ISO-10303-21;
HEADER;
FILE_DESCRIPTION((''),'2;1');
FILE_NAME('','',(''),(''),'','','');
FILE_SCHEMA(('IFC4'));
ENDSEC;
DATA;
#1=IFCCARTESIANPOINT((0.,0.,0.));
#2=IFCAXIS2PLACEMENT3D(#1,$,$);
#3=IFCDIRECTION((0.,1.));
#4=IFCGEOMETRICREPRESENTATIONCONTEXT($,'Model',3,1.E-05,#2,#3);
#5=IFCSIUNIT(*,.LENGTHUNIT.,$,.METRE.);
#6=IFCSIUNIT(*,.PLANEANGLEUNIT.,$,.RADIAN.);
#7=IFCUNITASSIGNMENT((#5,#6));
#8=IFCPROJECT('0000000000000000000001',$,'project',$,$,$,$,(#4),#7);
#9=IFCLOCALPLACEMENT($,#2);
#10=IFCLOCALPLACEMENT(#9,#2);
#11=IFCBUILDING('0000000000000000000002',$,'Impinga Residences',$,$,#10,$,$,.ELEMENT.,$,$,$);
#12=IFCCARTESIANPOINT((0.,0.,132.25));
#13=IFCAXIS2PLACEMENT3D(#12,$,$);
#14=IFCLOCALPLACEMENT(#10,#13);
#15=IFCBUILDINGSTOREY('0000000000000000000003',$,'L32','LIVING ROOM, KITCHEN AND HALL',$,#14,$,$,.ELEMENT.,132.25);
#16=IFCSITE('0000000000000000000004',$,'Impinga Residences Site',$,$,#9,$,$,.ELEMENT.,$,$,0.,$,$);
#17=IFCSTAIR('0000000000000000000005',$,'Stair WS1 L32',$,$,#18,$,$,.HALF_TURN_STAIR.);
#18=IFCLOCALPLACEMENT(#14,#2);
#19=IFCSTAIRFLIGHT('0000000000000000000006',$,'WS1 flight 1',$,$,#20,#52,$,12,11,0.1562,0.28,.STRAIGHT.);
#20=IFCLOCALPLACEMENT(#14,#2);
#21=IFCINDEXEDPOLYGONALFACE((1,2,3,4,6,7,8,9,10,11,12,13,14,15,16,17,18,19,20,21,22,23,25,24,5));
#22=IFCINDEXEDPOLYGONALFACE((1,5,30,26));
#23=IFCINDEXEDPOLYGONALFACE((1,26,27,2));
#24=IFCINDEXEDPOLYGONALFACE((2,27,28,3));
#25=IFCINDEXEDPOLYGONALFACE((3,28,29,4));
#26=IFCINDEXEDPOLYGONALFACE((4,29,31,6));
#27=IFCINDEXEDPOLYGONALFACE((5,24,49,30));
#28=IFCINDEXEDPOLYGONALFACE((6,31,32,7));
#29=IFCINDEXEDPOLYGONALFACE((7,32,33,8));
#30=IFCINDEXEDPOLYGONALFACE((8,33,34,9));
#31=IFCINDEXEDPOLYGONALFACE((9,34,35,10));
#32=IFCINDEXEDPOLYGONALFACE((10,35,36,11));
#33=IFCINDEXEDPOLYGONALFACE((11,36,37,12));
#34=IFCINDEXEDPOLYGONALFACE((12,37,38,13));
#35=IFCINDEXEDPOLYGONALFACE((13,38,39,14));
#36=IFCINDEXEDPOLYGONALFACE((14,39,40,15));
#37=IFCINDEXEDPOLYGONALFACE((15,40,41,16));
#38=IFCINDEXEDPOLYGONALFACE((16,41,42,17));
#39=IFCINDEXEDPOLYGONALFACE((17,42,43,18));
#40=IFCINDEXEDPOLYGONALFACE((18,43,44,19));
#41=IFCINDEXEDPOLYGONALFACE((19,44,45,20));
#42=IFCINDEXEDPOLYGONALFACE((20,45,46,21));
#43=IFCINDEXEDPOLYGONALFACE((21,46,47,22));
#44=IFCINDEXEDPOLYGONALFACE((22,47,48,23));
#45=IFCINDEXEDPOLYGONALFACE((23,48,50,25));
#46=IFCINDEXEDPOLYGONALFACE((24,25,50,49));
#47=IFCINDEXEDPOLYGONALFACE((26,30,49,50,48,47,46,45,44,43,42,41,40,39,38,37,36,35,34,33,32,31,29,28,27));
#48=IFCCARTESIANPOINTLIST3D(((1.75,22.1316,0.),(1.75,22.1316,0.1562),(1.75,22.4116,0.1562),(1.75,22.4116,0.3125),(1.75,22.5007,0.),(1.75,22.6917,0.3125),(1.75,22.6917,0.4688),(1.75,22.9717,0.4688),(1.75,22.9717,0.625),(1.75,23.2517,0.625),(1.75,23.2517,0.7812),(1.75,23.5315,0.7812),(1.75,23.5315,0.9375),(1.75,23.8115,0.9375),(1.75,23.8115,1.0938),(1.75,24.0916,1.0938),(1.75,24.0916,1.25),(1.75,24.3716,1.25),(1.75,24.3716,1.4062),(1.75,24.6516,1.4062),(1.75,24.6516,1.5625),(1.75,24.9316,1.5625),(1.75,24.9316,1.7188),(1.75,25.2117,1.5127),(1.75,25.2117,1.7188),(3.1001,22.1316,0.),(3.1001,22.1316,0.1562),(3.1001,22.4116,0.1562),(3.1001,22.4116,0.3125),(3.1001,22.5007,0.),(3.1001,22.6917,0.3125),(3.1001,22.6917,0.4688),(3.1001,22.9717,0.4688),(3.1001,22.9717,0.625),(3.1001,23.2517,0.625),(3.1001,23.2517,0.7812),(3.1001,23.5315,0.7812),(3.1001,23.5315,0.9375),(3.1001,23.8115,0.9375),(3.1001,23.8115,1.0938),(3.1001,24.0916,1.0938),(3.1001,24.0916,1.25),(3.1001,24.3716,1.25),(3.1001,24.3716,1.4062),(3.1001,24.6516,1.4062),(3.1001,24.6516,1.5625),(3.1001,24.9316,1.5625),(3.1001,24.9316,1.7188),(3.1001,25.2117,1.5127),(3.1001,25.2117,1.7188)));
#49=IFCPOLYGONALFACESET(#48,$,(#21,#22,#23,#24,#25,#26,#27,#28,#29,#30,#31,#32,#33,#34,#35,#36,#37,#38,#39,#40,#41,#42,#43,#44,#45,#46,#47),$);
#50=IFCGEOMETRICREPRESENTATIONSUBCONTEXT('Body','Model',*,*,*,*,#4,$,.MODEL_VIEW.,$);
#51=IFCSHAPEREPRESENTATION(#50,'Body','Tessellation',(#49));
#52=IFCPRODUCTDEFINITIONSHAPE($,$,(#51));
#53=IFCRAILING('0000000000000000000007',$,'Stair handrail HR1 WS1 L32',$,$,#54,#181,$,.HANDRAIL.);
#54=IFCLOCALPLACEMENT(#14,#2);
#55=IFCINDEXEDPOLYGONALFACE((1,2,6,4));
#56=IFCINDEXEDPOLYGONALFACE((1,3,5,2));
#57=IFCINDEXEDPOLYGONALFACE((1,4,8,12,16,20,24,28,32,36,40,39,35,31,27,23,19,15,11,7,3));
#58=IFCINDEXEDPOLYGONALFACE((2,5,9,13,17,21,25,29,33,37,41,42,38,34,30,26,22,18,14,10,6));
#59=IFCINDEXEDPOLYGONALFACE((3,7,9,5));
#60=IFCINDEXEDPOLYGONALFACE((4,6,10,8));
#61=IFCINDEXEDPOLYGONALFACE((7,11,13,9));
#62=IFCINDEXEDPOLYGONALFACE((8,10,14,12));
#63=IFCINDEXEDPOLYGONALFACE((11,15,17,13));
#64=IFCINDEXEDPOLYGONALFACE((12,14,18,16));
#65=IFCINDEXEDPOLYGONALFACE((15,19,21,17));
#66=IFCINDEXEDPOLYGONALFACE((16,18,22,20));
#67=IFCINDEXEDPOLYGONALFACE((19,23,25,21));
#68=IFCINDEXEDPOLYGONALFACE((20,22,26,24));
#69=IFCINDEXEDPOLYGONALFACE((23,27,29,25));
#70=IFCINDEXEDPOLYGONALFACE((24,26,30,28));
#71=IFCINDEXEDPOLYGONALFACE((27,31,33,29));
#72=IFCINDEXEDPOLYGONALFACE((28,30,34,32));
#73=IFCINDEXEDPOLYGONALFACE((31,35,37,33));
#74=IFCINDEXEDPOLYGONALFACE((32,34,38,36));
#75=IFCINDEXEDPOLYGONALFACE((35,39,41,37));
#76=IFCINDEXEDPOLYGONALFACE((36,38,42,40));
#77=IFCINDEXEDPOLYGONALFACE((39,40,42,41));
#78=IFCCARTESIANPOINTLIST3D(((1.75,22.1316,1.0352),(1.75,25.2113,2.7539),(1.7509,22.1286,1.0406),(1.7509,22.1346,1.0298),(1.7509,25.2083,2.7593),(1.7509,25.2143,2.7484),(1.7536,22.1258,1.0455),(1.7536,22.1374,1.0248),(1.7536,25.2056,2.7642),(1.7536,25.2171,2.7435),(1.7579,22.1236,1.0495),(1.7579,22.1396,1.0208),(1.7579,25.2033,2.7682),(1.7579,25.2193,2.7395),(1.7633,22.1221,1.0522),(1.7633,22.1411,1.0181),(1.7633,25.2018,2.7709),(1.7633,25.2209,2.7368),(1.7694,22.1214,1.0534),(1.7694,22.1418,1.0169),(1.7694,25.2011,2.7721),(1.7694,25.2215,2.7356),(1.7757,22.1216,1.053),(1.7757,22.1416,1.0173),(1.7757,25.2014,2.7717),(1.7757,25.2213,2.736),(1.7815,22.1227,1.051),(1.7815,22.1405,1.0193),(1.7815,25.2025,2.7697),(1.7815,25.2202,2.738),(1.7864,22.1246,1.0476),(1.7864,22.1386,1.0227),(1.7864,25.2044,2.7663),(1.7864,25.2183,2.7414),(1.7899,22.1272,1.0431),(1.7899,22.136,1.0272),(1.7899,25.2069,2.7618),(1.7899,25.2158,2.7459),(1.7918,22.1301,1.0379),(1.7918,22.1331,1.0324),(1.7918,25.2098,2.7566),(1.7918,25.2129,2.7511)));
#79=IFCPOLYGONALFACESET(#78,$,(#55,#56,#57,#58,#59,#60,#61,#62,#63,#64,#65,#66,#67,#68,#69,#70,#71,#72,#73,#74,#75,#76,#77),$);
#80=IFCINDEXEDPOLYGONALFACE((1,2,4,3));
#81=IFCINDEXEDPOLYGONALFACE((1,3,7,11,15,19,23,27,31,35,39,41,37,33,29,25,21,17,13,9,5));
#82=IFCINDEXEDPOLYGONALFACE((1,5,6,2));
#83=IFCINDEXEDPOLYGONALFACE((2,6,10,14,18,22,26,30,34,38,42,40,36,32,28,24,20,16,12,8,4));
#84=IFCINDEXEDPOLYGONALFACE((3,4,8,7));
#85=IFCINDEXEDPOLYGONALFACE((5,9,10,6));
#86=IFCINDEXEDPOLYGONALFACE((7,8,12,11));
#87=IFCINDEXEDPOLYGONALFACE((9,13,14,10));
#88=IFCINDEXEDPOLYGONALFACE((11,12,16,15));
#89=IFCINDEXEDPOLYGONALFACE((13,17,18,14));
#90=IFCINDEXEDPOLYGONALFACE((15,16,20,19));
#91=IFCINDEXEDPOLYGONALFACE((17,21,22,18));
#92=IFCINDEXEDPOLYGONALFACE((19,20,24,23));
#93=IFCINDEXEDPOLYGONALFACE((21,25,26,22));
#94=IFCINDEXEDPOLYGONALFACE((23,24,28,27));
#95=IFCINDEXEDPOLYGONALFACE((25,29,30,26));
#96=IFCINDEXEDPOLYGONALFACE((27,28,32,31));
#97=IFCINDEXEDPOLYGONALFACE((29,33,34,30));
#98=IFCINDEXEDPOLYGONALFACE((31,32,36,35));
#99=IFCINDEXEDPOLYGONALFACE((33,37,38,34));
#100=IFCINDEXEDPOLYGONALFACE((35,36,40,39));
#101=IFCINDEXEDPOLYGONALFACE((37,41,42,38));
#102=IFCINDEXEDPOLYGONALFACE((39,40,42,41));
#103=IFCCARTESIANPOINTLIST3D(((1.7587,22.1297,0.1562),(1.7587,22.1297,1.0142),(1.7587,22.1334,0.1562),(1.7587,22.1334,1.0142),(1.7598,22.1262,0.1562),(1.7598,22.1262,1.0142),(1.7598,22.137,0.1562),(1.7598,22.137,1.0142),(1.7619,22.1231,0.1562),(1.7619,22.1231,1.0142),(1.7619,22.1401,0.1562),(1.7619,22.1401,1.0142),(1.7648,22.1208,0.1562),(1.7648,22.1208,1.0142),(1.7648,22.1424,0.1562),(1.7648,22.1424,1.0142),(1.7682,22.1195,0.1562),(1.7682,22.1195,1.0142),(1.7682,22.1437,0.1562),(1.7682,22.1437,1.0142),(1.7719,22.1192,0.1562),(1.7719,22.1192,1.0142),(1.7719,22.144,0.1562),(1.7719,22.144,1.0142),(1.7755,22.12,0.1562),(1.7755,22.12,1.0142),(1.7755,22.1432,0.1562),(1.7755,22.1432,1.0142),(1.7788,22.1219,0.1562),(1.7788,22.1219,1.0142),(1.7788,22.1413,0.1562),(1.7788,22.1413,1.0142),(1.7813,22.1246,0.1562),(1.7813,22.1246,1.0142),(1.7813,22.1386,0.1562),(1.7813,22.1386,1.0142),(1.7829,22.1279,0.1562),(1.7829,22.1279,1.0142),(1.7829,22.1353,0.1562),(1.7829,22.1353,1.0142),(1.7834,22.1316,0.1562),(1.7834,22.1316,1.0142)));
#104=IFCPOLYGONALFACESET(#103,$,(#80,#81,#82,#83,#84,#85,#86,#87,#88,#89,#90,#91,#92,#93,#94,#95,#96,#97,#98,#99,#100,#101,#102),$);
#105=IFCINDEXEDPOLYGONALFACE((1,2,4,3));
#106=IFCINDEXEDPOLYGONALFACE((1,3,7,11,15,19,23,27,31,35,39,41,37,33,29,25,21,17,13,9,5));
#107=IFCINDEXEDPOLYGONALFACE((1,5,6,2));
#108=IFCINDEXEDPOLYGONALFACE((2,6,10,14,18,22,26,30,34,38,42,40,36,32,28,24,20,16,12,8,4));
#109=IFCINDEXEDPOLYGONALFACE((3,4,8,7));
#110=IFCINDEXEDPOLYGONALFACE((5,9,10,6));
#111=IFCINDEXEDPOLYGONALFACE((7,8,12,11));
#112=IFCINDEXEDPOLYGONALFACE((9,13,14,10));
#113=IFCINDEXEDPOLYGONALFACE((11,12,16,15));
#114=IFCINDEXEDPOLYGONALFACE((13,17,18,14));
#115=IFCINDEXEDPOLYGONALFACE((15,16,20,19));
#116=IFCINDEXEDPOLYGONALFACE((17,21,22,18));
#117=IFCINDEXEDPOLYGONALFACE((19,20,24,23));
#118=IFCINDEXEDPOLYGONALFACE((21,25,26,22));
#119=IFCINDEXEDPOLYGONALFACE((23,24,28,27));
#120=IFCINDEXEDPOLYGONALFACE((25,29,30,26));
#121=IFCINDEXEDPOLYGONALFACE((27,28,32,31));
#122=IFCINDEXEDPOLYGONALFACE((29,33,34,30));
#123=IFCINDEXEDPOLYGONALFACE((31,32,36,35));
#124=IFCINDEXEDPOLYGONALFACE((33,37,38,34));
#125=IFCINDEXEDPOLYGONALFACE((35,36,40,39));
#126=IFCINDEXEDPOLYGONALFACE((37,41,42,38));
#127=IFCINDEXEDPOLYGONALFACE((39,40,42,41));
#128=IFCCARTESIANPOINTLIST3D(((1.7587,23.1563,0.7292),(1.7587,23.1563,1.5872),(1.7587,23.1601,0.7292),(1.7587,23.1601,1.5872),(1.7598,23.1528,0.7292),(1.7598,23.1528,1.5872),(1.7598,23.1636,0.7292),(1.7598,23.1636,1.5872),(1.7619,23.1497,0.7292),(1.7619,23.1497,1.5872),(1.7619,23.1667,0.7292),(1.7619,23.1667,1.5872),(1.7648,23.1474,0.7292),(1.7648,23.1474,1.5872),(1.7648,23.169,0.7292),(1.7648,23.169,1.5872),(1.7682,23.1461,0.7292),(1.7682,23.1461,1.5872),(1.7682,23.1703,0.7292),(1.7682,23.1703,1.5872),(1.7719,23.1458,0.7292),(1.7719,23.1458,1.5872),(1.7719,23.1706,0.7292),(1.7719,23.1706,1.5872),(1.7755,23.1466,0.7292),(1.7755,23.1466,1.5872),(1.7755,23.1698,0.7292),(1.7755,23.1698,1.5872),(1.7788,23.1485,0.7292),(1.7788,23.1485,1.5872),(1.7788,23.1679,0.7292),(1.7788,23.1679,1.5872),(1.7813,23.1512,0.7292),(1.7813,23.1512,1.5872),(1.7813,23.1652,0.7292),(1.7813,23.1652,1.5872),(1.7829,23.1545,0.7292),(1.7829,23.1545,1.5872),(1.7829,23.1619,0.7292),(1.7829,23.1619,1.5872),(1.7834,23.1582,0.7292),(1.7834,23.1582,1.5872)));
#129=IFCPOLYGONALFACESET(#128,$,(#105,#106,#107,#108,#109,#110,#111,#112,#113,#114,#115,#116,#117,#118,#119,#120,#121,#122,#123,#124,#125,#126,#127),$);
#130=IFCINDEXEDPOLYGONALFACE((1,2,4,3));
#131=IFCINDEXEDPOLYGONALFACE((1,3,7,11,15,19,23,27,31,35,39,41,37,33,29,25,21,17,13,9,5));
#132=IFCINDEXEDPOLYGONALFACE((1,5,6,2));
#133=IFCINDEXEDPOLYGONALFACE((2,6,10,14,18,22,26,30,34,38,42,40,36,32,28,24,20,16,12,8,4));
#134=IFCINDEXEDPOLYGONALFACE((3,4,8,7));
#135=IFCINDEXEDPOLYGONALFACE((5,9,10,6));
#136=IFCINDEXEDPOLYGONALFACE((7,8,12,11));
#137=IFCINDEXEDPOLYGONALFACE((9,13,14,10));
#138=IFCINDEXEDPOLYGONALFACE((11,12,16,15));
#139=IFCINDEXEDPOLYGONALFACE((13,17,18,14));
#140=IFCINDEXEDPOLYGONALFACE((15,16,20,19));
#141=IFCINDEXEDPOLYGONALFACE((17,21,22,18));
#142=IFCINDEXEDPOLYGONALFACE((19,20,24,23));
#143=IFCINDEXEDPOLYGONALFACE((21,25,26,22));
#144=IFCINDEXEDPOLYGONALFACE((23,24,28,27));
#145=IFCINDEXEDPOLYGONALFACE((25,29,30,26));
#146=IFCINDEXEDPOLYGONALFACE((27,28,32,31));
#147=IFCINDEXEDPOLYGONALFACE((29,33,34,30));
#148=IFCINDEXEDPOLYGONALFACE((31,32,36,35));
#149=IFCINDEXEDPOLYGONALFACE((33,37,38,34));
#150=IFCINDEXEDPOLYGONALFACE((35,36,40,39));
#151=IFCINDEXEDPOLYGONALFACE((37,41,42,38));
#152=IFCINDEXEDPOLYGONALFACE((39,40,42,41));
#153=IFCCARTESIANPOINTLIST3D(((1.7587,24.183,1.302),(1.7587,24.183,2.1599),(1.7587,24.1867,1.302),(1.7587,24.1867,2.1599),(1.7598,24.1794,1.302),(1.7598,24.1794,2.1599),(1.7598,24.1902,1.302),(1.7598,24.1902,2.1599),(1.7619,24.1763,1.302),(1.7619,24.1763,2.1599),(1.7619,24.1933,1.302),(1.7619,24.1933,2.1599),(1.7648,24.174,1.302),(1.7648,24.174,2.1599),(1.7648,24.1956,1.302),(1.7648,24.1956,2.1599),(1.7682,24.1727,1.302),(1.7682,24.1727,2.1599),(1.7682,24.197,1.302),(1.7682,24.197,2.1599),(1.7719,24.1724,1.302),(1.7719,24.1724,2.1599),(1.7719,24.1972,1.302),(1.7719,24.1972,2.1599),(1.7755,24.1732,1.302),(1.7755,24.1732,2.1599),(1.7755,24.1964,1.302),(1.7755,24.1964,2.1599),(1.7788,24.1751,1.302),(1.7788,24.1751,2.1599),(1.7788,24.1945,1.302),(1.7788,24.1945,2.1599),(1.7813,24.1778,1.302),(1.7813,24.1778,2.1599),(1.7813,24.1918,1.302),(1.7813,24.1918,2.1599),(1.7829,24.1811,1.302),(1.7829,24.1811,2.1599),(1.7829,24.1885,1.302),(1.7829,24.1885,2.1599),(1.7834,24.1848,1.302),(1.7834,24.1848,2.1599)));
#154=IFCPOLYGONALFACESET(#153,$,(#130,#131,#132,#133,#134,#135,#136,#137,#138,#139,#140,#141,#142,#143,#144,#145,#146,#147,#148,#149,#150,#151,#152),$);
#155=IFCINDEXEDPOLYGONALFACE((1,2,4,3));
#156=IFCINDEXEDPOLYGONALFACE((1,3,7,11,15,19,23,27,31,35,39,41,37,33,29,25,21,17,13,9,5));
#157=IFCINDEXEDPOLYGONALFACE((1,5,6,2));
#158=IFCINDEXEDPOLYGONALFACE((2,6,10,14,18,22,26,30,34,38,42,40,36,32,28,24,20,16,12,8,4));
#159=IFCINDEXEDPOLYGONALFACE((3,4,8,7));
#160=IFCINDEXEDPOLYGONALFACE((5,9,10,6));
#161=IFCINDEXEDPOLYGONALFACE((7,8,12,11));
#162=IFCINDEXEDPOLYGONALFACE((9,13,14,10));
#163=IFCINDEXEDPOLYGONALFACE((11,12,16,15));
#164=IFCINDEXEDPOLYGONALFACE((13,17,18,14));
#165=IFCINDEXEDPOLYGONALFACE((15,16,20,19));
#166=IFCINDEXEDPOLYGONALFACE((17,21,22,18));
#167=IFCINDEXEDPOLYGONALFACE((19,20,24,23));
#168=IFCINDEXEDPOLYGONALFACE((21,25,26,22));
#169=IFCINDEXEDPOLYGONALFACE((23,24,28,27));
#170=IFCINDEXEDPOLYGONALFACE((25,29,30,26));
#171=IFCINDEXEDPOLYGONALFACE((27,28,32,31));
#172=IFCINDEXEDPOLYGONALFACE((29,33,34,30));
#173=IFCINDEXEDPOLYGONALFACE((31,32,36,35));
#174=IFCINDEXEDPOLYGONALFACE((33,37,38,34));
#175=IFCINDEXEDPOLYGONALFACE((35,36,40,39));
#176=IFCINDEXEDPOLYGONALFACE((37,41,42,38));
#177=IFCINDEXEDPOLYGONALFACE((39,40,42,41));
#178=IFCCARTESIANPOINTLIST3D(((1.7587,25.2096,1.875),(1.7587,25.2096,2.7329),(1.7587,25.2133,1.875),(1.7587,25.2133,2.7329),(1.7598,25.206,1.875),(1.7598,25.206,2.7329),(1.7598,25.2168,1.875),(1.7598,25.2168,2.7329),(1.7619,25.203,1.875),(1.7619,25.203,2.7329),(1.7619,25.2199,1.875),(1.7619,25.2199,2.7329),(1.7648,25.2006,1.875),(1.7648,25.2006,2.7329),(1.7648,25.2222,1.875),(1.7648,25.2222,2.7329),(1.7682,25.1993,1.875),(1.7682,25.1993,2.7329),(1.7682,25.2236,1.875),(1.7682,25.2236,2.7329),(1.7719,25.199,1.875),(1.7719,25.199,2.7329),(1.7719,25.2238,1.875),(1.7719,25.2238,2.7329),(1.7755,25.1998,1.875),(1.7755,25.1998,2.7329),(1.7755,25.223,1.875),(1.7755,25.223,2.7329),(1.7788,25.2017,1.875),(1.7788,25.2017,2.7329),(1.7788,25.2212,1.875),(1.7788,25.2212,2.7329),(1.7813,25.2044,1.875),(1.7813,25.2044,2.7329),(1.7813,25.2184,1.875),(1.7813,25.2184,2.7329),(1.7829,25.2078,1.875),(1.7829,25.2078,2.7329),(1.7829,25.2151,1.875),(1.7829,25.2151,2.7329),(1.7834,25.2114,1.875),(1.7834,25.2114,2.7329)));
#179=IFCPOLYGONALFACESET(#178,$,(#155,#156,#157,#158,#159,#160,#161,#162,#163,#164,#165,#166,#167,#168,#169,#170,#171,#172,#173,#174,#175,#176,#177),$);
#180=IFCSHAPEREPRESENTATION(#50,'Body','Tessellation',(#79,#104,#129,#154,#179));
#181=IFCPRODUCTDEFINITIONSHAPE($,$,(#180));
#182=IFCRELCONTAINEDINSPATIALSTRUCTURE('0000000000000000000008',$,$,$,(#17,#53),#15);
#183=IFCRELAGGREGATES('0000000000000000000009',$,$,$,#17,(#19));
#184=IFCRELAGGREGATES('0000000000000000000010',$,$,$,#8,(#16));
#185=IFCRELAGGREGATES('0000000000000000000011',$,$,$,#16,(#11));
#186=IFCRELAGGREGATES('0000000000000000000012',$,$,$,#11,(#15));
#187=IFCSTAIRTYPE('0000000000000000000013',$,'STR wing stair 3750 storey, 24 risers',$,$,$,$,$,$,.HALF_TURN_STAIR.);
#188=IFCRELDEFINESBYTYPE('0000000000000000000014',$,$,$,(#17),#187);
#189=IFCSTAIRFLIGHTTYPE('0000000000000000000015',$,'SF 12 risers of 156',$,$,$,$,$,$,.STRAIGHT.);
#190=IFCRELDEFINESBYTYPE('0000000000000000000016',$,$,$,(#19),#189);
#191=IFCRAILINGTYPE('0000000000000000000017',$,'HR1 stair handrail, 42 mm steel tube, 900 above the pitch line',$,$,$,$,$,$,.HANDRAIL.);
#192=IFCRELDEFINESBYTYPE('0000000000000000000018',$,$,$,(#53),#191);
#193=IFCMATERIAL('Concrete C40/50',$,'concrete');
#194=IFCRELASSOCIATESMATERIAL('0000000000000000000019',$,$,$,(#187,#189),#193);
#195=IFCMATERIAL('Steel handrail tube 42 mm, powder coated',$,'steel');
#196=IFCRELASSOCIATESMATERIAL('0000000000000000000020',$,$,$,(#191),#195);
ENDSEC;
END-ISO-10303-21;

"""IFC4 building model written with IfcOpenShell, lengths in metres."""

from ifc_helpers import new_model, si_unit, direction, frame, origin, origin_2d, place, context, subcontext, project, spatial, polyline, circle, outline, extrude, material, type_object, element, aggregate, save


model = new_model("IFC4")

# Units and contexts
model_context = context("Model", 3, precision=1e-05, world=origin(), true_north=direction((0.0, 1.0)))
body_context = subcontext(model_context, "Body", "Model", "MODEL_VIEW")
ifc_project = project(units=[si_unit("LENGTHUNIT", "METRE"), si_unit("PLANEANGLEUNIT", "RADIAN")], contexts=[model_context])

# Site, building, storey
site_placement = place(None, origin())
site = spatial("IfcSite", under=ifc_project, at=site_placement, Name="Impinga Residences Site", CompositionType="ELEMENT", RefElevation=0.0)
building_placement = place(site_placement, origin())
building = spatial("IfcBuilding", under=site, at=building_placement, Name="Impinga Residences", CompositionType="ELEMENT")
storey_placement = place(building_placement, frame((0.0, 0.0, 132.25)))
storey = spatial("IfcBuildingStorey", under=building, at=storey_placement, Name="L32", Description="LIVING ROOM, KITCHEN AND HALL", CompositionType="ELEMENT", Elevation=132.25)

# Stair, stair flight
ifc_material_1 = material(Name="Concrete C40/50", Category="concrete")
stair_type = type_object("IfcStairType", Name="STR wing stair 3750 storey, 24 risers", PredefinedType="HALF_TURN_STAIR", material=ifc_material_1)
stair_placement = place(storey_placement, origin())
stair = element("IfcStair", 1, at=stair_placement, inside=storey, type_object=stair_type, Name="Stair WS1 L32", PredefinedType="HALF_TURN_STAIR")
stair_flight_type = type_object("IfcStairFlightType", Name="SF 12 risers of 156", PredefinedType="STRAIGHT", material=ifc_material_1)
stair_flight_placement = place(storey_placement, frame((2.425, 22.1316, 0.0), z_axis=(0.0, 0.0, 1.0), x_axis=(0.0, 1.0, 0.0)))
stair_flight = element("IfcStairFlight", 2, at=stair_flight_placement, type_object=stair_flight_type, Name="WS1 flight 1", NumberOfRisers=12, NumberOfTreads=11, PredefinedType="STRAIGHT", RiserHeight=0.1562, TreadLength=0.28, context=body_context, shape_type="SweptSolid", body=[
    extrude(outline(polyline([(0.0, 0.0), (0.0, 0.1562), (0.28, 0.1562), (0.28, 0.3125), (0.5601, 0.3125), (0.5601, 0.4688), (0.8401, 0.4688), (0.8401, 0.625), (1.1201, 0.625), (1.1201, 0.7812), (1.3999, 0.7812), (1.3999, 0.9375), (1.6799, 0.9375), (1.6799, 1.0938), (1.96, 1.0938), (1.96, 1.25), (2.24, 1.25), (2.24, 1.4062), (2.52, 1.4062), (2.52, 1.5625), (2.8, 1.5625), (2.8, 1.7188), (3.0801, 1.7188), (3.0801, 1.875), (3.0801, 1.5127), (0.3691, 0.0), (0.0, 0.0)])), frame((0.0, 0.675, 0.0), z_axis=(0.0, -1.0, 0.0), x_axis=(1.0, 0.0, 0.0)), (0.0, 0.0, 1.0), 1.3501),
])
aggregate(stair, [stair_flight])

# Railing
ifc_material_2 = material(Name="Steel handrail tube 42 mm, powder coated", Category="steel")
railing_type = type_object("IfcRailingType", Name="HR1 stair handrail, 42 mm steel tube, 900 above the pitch line", PredefinedType="HANDRAIL", material=ifc_material_2)
railing_placement = place(storey_placement, frame((1.771, 22.1316, 0.1562)))
element("IfcRailing", 3, at=railing_placement, inside=storey, type_object=railing_type, Name="Stair handrail HR1 WS1 L32", PredefinedType="HANDRAIL", context=body_context, shape_type="SweptSolid", body=[
    extrude(circle(Radius=0.021, at=origin_2d()), frame((0.0, 0.0, 0.8789), z_axis=(0.0, 0.873225, 0.487317), x_axis=(-1.0, 0.0, 0.0)), (0.0, 0.0, 1.0), 3.5269),
    extrude(circle(Radius=0.0125, at=origin_2d()), origin(), (0.0, 0.0, 1.0), 0.8579),
    extrude(circle(Radius=0.0125, at=origin_2d()), frame((0.0, 1.0266, 0.573)), (0.0, 0.0, 1.0), 0.8579),
    extrude(circle(Radius=0.0125, at=origin_2d()), frame((0.0, 2.0532, 1.1458)), (0.0, 0.0, 1.0), 0.8579),
    extrude(circle(Radius=0.0125, at=origin_2d()), frame((0.0, 3.0798, 1.7188)), (0.0, 0.0, 1.0), 0.8579),
])

save(model, "model.ifc")
